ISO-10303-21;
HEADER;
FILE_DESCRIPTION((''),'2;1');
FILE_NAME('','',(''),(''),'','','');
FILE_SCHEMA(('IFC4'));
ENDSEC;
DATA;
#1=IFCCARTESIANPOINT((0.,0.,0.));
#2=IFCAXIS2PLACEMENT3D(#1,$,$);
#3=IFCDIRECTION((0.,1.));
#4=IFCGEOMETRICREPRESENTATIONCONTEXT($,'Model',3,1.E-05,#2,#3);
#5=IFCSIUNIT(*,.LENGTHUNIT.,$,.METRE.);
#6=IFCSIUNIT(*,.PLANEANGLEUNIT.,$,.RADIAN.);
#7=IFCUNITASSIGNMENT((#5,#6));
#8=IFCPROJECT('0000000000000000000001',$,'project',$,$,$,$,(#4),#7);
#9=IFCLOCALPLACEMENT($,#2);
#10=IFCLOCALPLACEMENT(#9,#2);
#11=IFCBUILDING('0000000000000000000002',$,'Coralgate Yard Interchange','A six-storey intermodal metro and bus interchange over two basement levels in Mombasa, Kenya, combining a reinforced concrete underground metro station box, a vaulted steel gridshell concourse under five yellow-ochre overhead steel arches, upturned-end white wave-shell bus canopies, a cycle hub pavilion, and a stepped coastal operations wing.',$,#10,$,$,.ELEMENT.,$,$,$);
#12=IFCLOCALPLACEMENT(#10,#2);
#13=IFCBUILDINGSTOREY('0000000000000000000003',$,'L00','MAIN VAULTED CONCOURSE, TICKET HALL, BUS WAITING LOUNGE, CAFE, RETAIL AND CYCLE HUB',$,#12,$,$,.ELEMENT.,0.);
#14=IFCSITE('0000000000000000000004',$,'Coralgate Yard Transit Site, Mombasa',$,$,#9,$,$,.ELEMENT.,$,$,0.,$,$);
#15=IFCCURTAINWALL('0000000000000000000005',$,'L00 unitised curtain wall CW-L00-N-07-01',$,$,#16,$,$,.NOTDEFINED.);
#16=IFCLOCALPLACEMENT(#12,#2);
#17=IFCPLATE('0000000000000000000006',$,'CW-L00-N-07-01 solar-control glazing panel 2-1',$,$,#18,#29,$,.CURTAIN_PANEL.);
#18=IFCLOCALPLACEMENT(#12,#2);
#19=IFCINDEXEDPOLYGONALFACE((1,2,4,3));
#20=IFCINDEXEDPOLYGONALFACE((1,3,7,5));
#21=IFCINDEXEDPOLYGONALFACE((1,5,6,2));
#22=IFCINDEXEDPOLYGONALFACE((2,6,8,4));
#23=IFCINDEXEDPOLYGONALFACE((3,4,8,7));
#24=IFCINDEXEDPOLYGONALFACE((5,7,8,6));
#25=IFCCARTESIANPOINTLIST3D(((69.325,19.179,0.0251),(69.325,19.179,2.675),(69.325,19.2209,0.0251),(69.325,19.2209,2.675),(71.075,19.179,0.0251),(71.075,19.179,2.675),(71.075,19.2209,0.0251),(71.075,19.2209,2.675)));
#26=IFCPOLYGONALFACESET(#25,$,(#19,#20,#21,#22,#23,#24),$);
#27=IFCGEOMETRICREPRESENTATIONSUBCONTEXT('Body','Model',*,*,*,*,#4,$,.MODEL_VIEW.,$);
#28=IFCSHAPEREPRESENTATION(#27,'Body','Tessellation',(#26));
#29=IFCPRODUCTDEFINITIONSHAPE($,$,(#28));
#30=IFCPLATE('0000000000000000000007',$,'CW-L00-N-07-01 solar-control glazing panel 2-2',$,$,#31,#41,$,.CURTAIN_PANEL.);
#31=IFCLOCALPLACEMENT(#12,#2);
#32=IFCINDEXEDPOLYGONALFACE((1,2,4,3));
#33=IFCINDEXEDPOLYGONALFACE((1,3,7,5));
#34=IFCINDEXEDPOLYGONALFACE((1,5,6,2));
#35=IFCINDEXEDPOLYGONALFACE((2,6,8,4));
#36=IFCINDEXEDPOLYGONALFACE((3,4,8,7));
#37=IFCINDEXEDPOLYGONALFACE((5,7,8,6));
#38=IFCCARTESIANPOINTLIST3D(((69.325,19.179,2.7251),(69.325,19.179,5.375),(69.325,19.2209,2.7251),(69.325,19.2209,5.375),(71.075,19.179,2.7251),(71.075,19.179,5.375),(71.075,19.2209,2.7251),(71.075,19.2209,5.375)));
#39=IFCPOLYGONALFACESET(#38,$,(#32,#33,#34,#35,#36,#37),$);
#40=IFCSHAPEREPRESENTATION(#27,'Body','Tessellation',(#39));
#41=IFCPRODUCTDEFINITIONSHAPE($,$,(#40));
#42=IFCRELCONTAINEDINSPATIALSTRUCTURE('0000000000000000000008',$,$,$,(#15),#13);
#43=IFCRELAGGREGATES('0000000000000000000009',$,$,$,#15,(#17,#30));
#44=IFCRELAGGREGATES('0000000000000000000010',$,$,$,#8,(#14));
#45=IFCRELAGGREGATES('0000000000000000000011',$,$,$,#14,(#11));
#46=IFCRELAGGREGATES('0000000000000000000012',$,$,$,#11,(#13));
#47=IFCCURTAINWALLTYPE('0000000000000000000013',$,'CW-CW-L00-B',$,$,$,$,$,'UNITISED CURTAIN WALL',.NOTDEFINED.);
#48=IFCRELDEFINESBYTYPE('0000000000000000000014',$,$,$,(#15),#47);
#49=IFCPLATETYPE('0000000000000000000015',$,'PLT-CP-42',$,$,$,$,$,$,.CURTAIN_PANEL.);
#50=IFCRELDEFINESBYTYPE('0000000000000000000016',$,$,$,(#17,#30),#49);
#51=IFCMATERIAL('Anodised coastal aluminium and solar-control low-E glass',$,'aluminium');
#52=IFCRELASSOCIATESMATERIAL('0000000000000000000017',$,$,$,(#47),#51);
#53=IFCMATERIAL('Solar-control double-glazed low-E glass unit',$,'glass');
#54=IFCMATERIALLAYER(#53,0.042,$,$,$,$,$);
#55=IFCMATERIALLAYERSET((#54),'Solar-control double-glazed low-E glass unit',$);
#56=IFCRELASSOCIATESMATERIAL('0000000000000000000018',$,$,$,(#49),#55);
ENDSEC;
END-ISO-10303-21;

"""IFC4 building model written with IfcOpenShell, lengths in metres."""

from ifc_helpers import new_model, si_unit, direction, frame, origin, origin_2d, place, context, subcontext, project, spatial, rectangle, extrude, material, layer, layer_set, type_object, element, aggregate, save


model = new_model("IFC4")

# Units and contexts
model_context = context("Model", 3, precision=1e-05, world=origin(), true_north=direction((0.0, 1.0)))
body_context = subcontext(model_context, "Body", "Model", "MODEL_VIEW")
ifc_project = project(units=[si_unit("LENGTHUNIT", "METRE"), si_unit("PLANEANGLEUNIT", "RADIAN")], contexts=[model_context])

# Site, building, storey
site_placement = place(None, origin())
site = spatial("IfcSite", under=ifc_project, at=site_placement, Name="Coralgate Yard Transit Site, Mombasa", CompositionType="ELEMENT", RefElevation=0.0)
building_placement = place(site_placement, origin())
building = spatial("IfcBuilding", under=site, at=building_placement, Name="Coralgate Yard Interchange", Description="A six-storey intermodal metro and bus interchange over two basement levels in Mombasa, Kenya, combining a reinforced concrete underground metro station box, a vaulted steel gridshell concourse under five yellow-ochre overhead steel arches, upturned-end white wave-shell bus canopies, a cycle hub pavilion, and a stepped coastal operations wing.", CompositionType="ELEMENT")
storey_placement = place(building_placement, origin())
storey = spatial("IfcBuildingStorey", under=building, at=storey_placement, Name="L00", Description="MAIN VAULTED CONCOURSE, TICKET HALL, BUS WAITING LOUNGE, CAFE, RETAIL AND CYCLE HUB", CompositionType="ELEMENT", Elevation=0.0)

# Shared definitions
ifc_material_1 = material(Name="Anodised coastal aluminium and solar-control low-E glass", Category="aluminium")
curtain_wall_type = type_object("IfcCurtainWallType", Name="CW-CW-L00-B", ElementType="UNITISED CURTAIN WALL", PredefinedType="NOTDEFINED", material=ifc_material_1)

# Curtain wall
curtain_wall_1_placement = place(storey_placement, origin())
curtain_wall_1 = element("IfcCurtainWall", 1, at=curtain_wall_1_placement, inside=storey, type_object=curtain_wall_type, Name="L00 unitised curtain wall CW-L00-N-07-01", PredefinedType="NOTDEFINED")

# Plates
ifc_material_2 = material(Name="Solar-control double-glazed low-E glass unit", Category="glass")
ifc_layer = layer(ifc_material_2, 0.042)
ifc_layer_set = layer_set([ifc_layer], Name="Solar-control double-glazed low-E glass unit")
plate_type = type_object("IfcPlateType", Name="PLT-CP-42", PredefinedType="CURTAIN_PANEL", material=ifc_layer_set)
plate_1_placement = place(storey_placement, frame((70.2, 19.2, 0.0251), z_axis=(0.0, 0.0, 1.0), x_axis=(1.0, 0.0, 0.0)))
plate_1 = element("IfcPlate", 2, at=plate_1_placement, type_object=plate_type, Name="CW-L00-N-07-01 solar-control glazing panel 2-1", PredefinedType="CURTAIN_PANEL", context=body_context, shape_type="SweptSolid", body=[
    extrude(rectangle(XDim=1.75, YDim=0.042, at=origin_2d()), origin(), (0.0, 0.0, 1.0), 2.6499),
])
plate_2_placement = place(storey_placement, frame((70.2, 19.2, 2.7251), z_axis=(0.0, 0.0, 1.0), x_axis=(1.0, 0.0, 0.0)))
plate_2 = element("IfcPlate", 3, at=plate_2_placement, type_object=plate_type, Name="CW-L00-N-07-01 solar-control glazing panel 2-2", PredefinedType="CURTAIN_PANEL", context=body_context, shape_type="SweptSolid", body=[
    extrude(rectangle(XDim=1.75, YDim=0.042, at=origin_2d()), origin(), (0.0, 0.0, 1.0), 2.6499),
])
aggregate(curtain_wall_1, [plate_1, plate_2])

save(model, "model.ifc")
